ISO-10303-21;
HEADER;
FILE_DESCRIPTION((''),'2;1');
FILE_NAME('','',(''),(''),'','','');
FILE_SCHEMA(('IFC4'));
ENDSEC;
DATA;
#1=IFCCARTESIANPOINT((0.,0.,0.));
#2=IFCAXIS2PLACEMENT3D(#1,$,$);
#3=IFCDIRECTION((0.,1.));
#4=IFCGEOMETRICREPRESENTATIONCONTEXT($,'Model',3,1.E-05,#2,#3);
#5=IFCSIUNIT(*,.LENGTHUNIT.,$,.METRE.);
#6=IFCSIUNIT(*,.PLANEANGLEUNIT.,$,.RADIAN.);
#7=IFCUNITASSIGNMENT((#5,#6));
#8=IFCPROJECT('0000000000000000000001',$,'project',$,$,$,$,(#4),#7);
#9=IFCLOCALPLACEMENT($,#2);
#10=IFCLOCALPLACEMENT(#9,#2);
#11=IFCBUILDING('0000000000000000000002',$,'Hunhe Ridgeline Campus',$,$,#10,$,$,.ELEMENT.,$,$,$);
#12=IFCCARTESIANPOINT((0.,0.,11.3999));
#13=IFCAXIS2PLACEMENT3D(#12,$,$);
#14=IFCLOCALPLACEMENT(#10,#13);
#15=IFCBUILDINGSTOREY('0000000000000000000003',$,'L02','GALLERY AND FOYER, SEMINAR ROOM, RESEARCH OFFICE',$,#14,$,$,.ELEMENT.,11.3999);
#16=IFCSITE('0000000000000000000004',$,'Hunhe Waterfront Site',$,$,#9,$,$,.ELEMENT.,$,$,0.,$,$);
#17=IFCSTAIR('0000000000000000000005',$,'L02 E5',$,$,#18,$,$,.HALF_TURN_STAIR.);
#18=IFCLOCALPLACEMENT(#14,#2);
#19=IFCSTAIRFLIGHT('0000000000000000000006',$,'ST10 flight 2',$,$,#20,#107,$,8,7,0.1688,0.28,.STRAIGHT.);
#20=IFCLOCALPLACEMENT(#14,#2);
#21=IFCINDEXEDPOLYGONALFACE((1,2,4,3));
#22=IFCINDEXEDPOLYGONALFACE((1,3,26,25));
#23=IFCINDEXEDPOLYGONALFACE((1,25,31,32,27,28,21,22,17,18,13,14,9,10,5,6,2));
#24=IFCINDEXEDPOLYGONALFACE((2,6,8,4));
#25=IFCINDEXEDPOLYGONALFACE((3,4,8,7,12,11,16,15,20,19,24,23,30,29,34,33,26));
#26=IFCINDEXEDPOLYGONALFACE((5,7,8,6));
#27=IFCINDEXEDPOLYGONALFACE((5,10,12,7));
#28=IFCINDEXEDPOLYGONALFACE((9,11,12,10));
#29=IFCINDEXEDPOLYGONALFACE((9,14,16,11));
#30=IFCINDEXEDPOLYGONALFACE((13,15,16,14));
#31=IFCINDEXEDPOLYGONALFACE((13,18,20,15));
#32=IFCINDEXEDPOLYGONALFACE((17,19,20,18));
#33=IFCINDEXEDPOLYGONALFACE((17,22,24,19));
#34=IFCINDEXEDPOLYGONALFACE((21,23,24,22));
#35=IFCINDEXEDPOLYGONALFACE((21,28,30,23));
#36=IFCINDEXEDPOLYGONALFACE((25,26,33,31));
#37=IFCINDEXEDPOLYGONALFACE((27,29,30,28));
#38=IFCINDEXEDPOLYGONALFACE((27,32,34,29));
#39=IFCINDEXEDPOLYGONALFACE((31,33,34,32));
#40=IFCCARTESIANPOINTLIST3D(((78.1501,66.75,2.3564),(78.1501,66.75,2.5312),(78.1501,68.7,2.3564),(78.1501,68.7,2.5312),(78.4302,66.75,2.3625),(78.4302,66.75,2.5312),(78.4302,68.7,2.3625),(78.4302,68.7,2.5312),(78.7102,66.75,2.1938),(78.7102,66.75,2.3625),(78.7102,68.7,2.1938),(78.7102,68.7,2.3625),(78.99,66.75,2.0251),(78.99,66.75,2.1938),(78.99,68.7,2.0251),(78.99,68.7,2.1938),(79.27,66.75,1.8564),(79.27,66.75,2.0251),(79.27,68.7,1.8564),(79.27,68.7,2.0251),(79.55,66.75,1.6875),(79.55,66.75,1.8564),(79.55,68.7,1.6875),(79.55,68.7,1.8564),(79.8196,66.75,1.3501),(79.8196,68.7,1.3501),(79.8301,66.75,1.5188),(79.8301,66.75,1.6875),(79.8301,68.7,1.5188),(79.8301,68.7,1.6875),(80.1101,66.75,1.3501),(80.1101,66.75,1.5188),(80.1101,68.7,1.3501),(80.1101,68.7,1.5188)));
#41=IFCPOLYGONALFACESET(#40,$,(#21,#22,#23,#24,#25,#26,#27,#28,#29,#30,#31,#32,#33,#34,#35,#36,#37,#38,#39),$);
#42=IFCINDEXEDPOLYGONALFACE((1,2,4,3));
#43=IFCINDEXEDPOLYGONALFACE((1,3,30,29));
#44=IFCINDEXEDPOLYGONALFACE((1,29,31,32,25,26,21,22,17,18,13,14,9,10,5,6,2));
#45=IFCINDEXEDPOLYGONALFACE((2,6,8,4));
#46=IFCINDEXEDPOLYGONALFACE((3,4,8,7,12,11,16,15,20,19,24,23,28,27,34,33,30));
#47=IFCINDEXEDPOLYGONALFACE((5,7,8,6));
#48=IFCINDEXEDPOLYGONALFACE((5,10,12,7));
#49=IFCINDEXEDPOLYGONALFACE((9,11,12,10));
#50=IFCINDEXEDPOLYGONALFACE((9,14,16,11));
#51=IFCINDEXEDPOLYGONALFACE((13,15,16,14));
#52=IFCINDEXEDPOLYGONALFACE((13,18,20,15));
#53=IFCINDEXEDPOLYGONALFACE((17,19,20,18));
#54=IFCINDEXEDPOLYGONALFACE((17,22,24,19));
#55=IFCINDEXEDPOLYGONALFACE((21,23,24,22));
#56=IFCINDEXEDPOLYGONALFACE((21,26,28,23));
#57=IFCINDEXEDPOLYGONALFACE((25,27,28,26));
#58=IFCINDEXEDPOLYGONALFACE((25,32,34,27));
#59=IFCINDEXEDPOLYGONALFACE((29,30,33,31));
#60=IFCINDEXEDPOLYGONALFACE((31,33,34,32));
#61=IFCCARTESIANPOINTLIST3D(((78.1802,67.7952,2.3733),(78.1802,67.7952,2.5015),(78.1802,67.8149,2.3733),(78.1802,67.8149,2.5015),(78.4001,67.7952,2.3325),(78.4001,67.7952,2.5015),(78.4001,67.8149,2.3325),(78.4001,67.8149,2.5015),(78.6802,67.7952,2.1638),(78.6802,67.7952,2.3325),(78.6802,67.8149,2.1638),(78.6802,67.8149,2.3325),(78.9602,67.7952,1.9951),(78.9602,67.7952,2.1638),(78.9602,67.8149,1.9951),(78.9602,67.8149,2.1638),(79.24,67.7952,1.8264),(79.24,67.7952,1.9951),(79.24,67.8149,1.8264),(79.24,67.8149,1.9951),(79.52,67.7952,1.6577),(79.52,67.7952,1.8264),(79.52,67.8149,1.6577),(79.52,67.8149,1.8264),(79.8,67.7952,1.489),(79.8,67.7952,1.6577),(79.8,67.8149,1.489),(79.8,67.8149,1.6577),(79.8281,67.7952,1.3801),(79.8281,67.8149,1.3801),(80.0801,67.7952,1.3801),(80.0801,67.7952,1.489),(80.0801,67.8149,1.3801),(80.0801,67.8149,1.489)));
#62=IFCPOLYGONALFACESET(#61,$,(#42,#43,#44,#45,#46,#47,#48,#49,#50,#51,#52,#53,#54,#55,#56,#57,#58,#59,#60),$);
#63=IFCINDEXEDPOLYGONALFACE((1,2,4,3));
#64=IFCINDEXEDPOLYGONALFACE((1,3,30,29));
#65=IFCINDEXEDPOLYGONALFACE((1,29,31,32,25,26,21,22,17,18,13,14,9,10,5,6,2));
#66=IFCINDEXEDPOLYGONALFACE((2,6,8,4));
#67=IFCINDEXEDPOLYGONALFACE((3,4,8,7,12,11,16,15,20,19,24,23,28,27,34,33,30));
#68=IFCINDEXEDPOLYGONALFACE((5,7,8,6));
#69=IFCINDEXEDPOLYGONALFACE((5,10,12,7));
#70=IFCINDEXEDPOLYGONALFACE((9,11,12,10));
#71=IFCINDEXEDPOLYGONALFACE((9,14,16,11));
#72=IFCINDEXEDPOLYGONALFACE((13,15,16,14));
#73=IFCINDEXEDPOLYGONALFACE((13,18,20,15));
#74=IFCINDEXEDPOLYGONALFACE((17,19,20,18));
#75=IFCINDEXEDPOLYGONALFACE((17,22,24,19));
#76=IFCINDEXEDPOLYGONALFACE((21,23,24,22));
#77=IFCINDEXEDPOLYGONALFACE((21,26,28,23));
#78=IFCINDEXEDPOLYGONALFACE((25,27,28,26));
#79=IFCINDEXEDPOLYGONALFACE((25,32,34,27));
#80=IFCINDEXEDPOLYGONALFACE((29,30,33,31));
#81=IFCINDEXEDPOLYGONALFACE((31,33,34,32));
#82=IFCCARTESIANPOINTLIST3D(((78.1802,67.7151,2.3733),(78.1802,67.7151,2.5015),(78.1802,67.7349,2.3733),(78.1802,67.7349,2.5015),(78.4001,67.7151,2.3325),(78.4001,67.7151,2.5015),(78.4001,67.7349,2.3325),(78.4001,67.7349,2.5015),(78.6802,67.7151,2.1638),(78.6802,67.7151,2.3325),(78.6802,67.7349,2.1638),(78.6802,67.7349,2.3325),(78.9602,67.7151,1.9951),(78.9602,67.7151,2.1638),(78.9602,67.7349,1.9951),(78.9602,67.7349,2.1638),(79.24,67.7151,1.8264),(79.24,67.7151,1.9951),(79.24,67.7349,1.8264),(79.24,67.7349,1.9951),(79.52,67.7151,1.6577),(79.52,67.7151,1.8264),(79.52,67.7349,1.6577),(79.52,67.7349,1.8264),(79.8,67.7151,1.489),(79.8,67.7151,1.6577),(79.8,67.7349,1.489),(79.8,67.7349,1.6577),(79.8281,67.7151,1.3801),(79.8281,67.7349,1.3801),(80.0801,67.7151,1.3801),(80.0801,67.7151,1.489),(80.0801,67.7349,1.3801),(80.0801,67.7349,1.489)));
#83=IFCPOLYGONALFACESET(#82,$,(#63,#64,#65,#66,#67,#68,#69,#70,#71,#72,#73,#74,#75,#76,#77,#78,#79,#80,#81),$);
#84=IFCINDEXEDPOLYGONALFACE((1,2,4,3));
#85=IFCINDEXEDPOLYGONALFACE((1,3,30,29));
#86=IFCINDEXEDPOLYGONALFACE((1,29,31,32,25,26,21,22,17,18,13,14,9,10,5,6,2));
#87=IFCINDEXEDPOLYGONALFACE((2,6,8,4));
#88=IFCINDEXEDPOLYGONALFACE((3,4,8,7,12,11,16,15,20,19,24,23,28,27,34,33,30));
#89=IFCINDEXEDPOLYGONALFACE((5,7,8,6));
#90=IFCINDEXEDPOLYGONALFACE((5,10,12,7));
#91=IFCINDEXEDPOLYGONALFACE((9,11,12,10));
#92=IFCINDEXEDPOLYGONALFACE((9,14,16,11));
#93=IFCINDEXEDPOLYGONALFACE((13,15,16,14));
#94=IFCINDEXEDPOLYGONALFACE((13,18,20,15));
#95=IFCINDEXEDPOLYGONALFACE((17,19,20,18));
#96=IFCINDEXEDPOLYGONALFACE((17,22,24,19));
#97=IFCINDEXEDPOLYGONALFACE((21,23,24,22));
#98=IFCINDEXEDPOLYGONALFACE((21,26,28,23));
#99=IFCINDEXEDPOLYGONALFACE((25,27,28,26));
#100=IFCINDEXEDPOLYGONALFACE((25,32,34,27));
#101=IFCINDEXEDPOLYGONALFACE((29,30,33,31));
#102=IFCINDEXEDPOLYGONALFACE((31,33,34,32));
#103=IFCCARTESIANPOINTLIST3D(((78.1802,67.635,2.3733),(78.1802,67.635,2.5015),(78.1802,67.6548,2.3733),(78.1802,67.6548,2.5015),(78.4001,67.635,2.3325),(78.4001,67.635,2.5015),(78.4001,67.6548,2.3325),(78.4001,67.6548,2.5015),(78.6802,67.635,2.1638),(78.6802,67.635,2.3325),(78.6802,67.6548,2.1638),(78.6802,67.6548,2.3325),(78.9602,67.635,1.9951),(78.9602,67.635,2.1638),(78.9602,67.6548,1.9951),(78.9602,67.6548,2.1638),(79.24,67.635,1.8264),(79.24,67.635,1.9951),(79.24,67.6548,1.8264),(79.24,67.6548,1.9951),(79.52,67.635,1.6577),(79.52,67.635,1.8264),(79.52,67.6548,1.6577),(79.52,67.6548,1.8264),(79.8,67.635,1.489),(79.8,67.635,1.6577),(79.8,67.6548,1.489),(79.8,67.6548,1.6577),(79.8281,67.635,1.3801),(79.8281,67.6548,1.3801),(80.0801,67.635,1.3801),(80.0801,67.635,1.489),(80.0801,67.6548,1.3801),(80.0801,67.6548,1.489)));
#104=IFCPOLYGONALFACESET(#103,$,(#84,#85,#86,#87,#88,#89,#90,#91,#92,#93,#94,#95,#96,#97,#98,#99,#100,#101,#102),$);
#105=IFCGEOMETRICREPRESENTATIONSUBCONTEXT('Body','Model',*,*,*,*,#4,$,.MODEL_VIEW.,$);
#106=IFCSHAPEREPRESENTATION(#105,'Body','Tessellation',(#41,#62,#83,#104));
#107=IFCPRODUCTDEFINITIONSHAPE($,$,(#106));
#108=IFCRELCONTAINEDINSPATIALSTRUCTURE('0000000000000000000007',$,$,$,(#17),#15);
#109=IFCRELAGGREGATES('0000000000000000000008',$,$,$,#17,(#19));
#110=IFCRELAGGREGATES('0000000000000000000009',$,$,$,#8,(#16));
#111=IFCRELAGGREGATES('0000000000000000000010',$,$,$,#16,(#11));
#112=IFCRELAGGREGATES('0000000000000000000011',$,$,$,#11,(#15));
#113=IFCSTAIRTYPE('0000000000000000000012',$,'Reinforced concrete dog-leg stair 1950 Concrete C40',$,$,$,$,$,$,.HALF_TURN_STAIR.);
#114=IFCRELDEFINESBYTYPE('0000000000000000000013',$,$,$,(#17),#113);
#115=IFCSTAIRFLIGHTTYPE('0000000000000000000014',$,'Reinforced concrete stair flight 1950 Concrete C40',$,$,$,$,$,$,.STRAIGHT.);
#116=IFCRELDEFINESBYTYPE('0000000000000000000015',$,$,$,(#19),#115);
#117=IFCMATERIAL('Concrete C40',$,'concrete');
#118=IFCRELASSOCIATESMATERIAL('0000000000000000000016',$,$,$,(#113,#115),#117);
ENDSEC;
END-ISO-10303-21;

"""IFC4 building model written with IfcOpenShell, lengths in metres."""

from ifc_helpers import new_model, si_unit, direction, frame, origin, place, context, subcontext, project, spatial, polyline, outline, extrude, material, type_object, element, aggregate, save


model = new_model("IFC4")

# Units and contexts
model_context = context("Model", 3, precision=1e-05, world=origin(), true_north=direction((0.0, 1.0)))
body_context = subcontext(model_context, "Body", "Model", "MODEL_VIEW")
ifc_project = project(units=[si_unit("LENGTHUNIT", "METRE"), si_unit("PLANEANGLEUNIT", "RADIAN")], contexts=[model_context])

# Site, building, storey
site_placement = place(None, origin())
site = spatial("IfcSite", under=ifc_project, at=site_placement, Name="Hunhe Waterfront Site", CompositionType="ELEMENT", RefElevation=0.0)
building_placement = place(site_placement, origin())
building = spatial("IfcBuilding", under=site, at=building_placement, Name="Hunhe Ridgeline Campus", CompositionType="ELEMENT")
storey_placement = place(building_placement, frame((0.0, 0.0, 11.3999)))
storey = spatial("IfcBuildingStorey", under=building, at=storey_placement, Name="L02", Description="GALLERY AND FOYER, SEMINAR ROOM, RESEARCH OFFICE", CompositionType="ELEMENT", Elevation=11.3999)

# Stair, stair flight
ifc_material_1 = material(Name="Concrete C40", Category="concrete")
stair_type = type_object("IfcStairType", Name="Reinforced concrete dog-leg stair 1950 Concrete C40", PredefinedType="HALF_TURN_STAIR", material=ifc_material_1)
stair_placement = place(storey_placement, origin())
stair = element("IfcStair", 1, at=stair_placement, inside=storey, type_object=stair_type, Name="L02 E5", PredefinedType="HALF_TURN_STAIR")
stair_flight_type = type_object("IfcStairFlightType", Name="Reinforced concrete stair flight 1950 Concrete C40", PredefinedType="STRAIGHT", material=ifc_material_1)
stair_flight_1_placement = place(storey_placement, frame((80.1101, 67.7251, 1.3501), z_axis=(0.0, 0.0, 1.0), x_axis=(-1.0, 0.0, 0.0)))
stair_flight_1 = element("IfcStairFlight", 2, at=stair_flight_1_placement, type_object=stair_flight_type, Name="ST10 flight 2", NumberOfRisers=8, NumberOfTreads=7, PredefinedType="STRAIGHT", RiserHeight=0.1688, TreadLength=0.28, context=body_context, shape_type="SweptSolid", body=[
    extrude(outline(polyline([(0.0, 0.0), (0.0, 0.1687), (0.28, 0.1687), (0.28, 0.3374), (0.5601, 0.3374), (0.5601, 0.5063), (0.8401, 0.5063), (0.8401, 0.675), (1.1201, 0.675), (1.1201, 0.8438), (1.3999, 0.8438), (1.3999, 1.0125), (1.6799, 1.0125), (1.6799, 1.1812), (1.96, 1.1812), (1.96, 1.3501), (1.96, 1.0063), (0.2905, 0.0), (0.0, 0.0)])), frame((0.0, 0.9751, 0.0), z_axis=(0.0, -1.0, 0.0), x_axis=(1.0, 0.0, 0.0)), (0.0, 0.0, 1.0), 1.95),
    extrude(outline(polyline([(0.03, 0.03), (0.03, 0.1389), (0.3101, 0.1389), (0.3101, 0.3076), (0.5901, 0.3076), (0.5901, 0.4763), (0.8701, 0.4763), (0.8701, 0.645), (1.1499, 0.645), (1.1499, 0.8137), (1.4299, 0.8137), (1.4299, 0.9824), (1.71, 0.9824), (1.71, 1.1514), (1.9299, 1.1514), (1.9299, 1.0232), (0.282, 0.03), (0.03, 0.03)])), frame((0.0, -0.0701, 0.0), z_axis=(0.0, -1.0, 0.0), x_axis=(1.0, 0.0, 0.0)), (0.0, 0.0, 1.0), 0.0198),
    extrude(outline(polyline([(0.03, 0.03), (0.03, 0.1389), (0.3101, 0.1389), (0.3101, 0.3076), (0.5901, 0.3076), (0.5901, 0.4763), (0.8701, 0.4763), (0.8701, 0.645), (1.1499, 0.645), (1.1499, 0.8137), (1.4299, 0.8137), (1.4299, 0.9824), (1.71, 0.9824), (1.71, 1.1514), (1.9299, 1.1514), (1.9299, 1.0232), (0.282, 0.03), (0.03, 0.03)])), frame((0.0, 0.01, 0.0), z_axis=(0.0, -1.0, 0.0), x_axis=(1.0, 0.0, 0.0)), (0.0, 0.0, 1.0), 0.0198),
    extrude(outline(polyline([(0.03, 0.03), (0.03, 0.1389), (0.3101, 0.1389), (0.3101, 0.3076), (0.5901, 0.3076), (0.5901, 0.4763), (0.8701, 0.4763), (0.8701, 0.645), (1.1499, 0.645), (1.1499, 0.8137), (1.4299, 0.8137), (1.4299, 0.9824), (1.71, 0.9824), (1.71, 1.1514), (1.9299, 1.1514), (1.9299, 1.0232), (0.282, 0.03), (0.03, 0.03)])), frame((0.0, 0.0901, 0.0), z_axis=(0.0, -1.0, 0.0), x_axis=(1.0, 0.0, 0.0)), (0.0, 0.0, 1.0), 0.0198),
])
aggregate(stair, [stair_flight_1])

save(model, "model.ifc")
